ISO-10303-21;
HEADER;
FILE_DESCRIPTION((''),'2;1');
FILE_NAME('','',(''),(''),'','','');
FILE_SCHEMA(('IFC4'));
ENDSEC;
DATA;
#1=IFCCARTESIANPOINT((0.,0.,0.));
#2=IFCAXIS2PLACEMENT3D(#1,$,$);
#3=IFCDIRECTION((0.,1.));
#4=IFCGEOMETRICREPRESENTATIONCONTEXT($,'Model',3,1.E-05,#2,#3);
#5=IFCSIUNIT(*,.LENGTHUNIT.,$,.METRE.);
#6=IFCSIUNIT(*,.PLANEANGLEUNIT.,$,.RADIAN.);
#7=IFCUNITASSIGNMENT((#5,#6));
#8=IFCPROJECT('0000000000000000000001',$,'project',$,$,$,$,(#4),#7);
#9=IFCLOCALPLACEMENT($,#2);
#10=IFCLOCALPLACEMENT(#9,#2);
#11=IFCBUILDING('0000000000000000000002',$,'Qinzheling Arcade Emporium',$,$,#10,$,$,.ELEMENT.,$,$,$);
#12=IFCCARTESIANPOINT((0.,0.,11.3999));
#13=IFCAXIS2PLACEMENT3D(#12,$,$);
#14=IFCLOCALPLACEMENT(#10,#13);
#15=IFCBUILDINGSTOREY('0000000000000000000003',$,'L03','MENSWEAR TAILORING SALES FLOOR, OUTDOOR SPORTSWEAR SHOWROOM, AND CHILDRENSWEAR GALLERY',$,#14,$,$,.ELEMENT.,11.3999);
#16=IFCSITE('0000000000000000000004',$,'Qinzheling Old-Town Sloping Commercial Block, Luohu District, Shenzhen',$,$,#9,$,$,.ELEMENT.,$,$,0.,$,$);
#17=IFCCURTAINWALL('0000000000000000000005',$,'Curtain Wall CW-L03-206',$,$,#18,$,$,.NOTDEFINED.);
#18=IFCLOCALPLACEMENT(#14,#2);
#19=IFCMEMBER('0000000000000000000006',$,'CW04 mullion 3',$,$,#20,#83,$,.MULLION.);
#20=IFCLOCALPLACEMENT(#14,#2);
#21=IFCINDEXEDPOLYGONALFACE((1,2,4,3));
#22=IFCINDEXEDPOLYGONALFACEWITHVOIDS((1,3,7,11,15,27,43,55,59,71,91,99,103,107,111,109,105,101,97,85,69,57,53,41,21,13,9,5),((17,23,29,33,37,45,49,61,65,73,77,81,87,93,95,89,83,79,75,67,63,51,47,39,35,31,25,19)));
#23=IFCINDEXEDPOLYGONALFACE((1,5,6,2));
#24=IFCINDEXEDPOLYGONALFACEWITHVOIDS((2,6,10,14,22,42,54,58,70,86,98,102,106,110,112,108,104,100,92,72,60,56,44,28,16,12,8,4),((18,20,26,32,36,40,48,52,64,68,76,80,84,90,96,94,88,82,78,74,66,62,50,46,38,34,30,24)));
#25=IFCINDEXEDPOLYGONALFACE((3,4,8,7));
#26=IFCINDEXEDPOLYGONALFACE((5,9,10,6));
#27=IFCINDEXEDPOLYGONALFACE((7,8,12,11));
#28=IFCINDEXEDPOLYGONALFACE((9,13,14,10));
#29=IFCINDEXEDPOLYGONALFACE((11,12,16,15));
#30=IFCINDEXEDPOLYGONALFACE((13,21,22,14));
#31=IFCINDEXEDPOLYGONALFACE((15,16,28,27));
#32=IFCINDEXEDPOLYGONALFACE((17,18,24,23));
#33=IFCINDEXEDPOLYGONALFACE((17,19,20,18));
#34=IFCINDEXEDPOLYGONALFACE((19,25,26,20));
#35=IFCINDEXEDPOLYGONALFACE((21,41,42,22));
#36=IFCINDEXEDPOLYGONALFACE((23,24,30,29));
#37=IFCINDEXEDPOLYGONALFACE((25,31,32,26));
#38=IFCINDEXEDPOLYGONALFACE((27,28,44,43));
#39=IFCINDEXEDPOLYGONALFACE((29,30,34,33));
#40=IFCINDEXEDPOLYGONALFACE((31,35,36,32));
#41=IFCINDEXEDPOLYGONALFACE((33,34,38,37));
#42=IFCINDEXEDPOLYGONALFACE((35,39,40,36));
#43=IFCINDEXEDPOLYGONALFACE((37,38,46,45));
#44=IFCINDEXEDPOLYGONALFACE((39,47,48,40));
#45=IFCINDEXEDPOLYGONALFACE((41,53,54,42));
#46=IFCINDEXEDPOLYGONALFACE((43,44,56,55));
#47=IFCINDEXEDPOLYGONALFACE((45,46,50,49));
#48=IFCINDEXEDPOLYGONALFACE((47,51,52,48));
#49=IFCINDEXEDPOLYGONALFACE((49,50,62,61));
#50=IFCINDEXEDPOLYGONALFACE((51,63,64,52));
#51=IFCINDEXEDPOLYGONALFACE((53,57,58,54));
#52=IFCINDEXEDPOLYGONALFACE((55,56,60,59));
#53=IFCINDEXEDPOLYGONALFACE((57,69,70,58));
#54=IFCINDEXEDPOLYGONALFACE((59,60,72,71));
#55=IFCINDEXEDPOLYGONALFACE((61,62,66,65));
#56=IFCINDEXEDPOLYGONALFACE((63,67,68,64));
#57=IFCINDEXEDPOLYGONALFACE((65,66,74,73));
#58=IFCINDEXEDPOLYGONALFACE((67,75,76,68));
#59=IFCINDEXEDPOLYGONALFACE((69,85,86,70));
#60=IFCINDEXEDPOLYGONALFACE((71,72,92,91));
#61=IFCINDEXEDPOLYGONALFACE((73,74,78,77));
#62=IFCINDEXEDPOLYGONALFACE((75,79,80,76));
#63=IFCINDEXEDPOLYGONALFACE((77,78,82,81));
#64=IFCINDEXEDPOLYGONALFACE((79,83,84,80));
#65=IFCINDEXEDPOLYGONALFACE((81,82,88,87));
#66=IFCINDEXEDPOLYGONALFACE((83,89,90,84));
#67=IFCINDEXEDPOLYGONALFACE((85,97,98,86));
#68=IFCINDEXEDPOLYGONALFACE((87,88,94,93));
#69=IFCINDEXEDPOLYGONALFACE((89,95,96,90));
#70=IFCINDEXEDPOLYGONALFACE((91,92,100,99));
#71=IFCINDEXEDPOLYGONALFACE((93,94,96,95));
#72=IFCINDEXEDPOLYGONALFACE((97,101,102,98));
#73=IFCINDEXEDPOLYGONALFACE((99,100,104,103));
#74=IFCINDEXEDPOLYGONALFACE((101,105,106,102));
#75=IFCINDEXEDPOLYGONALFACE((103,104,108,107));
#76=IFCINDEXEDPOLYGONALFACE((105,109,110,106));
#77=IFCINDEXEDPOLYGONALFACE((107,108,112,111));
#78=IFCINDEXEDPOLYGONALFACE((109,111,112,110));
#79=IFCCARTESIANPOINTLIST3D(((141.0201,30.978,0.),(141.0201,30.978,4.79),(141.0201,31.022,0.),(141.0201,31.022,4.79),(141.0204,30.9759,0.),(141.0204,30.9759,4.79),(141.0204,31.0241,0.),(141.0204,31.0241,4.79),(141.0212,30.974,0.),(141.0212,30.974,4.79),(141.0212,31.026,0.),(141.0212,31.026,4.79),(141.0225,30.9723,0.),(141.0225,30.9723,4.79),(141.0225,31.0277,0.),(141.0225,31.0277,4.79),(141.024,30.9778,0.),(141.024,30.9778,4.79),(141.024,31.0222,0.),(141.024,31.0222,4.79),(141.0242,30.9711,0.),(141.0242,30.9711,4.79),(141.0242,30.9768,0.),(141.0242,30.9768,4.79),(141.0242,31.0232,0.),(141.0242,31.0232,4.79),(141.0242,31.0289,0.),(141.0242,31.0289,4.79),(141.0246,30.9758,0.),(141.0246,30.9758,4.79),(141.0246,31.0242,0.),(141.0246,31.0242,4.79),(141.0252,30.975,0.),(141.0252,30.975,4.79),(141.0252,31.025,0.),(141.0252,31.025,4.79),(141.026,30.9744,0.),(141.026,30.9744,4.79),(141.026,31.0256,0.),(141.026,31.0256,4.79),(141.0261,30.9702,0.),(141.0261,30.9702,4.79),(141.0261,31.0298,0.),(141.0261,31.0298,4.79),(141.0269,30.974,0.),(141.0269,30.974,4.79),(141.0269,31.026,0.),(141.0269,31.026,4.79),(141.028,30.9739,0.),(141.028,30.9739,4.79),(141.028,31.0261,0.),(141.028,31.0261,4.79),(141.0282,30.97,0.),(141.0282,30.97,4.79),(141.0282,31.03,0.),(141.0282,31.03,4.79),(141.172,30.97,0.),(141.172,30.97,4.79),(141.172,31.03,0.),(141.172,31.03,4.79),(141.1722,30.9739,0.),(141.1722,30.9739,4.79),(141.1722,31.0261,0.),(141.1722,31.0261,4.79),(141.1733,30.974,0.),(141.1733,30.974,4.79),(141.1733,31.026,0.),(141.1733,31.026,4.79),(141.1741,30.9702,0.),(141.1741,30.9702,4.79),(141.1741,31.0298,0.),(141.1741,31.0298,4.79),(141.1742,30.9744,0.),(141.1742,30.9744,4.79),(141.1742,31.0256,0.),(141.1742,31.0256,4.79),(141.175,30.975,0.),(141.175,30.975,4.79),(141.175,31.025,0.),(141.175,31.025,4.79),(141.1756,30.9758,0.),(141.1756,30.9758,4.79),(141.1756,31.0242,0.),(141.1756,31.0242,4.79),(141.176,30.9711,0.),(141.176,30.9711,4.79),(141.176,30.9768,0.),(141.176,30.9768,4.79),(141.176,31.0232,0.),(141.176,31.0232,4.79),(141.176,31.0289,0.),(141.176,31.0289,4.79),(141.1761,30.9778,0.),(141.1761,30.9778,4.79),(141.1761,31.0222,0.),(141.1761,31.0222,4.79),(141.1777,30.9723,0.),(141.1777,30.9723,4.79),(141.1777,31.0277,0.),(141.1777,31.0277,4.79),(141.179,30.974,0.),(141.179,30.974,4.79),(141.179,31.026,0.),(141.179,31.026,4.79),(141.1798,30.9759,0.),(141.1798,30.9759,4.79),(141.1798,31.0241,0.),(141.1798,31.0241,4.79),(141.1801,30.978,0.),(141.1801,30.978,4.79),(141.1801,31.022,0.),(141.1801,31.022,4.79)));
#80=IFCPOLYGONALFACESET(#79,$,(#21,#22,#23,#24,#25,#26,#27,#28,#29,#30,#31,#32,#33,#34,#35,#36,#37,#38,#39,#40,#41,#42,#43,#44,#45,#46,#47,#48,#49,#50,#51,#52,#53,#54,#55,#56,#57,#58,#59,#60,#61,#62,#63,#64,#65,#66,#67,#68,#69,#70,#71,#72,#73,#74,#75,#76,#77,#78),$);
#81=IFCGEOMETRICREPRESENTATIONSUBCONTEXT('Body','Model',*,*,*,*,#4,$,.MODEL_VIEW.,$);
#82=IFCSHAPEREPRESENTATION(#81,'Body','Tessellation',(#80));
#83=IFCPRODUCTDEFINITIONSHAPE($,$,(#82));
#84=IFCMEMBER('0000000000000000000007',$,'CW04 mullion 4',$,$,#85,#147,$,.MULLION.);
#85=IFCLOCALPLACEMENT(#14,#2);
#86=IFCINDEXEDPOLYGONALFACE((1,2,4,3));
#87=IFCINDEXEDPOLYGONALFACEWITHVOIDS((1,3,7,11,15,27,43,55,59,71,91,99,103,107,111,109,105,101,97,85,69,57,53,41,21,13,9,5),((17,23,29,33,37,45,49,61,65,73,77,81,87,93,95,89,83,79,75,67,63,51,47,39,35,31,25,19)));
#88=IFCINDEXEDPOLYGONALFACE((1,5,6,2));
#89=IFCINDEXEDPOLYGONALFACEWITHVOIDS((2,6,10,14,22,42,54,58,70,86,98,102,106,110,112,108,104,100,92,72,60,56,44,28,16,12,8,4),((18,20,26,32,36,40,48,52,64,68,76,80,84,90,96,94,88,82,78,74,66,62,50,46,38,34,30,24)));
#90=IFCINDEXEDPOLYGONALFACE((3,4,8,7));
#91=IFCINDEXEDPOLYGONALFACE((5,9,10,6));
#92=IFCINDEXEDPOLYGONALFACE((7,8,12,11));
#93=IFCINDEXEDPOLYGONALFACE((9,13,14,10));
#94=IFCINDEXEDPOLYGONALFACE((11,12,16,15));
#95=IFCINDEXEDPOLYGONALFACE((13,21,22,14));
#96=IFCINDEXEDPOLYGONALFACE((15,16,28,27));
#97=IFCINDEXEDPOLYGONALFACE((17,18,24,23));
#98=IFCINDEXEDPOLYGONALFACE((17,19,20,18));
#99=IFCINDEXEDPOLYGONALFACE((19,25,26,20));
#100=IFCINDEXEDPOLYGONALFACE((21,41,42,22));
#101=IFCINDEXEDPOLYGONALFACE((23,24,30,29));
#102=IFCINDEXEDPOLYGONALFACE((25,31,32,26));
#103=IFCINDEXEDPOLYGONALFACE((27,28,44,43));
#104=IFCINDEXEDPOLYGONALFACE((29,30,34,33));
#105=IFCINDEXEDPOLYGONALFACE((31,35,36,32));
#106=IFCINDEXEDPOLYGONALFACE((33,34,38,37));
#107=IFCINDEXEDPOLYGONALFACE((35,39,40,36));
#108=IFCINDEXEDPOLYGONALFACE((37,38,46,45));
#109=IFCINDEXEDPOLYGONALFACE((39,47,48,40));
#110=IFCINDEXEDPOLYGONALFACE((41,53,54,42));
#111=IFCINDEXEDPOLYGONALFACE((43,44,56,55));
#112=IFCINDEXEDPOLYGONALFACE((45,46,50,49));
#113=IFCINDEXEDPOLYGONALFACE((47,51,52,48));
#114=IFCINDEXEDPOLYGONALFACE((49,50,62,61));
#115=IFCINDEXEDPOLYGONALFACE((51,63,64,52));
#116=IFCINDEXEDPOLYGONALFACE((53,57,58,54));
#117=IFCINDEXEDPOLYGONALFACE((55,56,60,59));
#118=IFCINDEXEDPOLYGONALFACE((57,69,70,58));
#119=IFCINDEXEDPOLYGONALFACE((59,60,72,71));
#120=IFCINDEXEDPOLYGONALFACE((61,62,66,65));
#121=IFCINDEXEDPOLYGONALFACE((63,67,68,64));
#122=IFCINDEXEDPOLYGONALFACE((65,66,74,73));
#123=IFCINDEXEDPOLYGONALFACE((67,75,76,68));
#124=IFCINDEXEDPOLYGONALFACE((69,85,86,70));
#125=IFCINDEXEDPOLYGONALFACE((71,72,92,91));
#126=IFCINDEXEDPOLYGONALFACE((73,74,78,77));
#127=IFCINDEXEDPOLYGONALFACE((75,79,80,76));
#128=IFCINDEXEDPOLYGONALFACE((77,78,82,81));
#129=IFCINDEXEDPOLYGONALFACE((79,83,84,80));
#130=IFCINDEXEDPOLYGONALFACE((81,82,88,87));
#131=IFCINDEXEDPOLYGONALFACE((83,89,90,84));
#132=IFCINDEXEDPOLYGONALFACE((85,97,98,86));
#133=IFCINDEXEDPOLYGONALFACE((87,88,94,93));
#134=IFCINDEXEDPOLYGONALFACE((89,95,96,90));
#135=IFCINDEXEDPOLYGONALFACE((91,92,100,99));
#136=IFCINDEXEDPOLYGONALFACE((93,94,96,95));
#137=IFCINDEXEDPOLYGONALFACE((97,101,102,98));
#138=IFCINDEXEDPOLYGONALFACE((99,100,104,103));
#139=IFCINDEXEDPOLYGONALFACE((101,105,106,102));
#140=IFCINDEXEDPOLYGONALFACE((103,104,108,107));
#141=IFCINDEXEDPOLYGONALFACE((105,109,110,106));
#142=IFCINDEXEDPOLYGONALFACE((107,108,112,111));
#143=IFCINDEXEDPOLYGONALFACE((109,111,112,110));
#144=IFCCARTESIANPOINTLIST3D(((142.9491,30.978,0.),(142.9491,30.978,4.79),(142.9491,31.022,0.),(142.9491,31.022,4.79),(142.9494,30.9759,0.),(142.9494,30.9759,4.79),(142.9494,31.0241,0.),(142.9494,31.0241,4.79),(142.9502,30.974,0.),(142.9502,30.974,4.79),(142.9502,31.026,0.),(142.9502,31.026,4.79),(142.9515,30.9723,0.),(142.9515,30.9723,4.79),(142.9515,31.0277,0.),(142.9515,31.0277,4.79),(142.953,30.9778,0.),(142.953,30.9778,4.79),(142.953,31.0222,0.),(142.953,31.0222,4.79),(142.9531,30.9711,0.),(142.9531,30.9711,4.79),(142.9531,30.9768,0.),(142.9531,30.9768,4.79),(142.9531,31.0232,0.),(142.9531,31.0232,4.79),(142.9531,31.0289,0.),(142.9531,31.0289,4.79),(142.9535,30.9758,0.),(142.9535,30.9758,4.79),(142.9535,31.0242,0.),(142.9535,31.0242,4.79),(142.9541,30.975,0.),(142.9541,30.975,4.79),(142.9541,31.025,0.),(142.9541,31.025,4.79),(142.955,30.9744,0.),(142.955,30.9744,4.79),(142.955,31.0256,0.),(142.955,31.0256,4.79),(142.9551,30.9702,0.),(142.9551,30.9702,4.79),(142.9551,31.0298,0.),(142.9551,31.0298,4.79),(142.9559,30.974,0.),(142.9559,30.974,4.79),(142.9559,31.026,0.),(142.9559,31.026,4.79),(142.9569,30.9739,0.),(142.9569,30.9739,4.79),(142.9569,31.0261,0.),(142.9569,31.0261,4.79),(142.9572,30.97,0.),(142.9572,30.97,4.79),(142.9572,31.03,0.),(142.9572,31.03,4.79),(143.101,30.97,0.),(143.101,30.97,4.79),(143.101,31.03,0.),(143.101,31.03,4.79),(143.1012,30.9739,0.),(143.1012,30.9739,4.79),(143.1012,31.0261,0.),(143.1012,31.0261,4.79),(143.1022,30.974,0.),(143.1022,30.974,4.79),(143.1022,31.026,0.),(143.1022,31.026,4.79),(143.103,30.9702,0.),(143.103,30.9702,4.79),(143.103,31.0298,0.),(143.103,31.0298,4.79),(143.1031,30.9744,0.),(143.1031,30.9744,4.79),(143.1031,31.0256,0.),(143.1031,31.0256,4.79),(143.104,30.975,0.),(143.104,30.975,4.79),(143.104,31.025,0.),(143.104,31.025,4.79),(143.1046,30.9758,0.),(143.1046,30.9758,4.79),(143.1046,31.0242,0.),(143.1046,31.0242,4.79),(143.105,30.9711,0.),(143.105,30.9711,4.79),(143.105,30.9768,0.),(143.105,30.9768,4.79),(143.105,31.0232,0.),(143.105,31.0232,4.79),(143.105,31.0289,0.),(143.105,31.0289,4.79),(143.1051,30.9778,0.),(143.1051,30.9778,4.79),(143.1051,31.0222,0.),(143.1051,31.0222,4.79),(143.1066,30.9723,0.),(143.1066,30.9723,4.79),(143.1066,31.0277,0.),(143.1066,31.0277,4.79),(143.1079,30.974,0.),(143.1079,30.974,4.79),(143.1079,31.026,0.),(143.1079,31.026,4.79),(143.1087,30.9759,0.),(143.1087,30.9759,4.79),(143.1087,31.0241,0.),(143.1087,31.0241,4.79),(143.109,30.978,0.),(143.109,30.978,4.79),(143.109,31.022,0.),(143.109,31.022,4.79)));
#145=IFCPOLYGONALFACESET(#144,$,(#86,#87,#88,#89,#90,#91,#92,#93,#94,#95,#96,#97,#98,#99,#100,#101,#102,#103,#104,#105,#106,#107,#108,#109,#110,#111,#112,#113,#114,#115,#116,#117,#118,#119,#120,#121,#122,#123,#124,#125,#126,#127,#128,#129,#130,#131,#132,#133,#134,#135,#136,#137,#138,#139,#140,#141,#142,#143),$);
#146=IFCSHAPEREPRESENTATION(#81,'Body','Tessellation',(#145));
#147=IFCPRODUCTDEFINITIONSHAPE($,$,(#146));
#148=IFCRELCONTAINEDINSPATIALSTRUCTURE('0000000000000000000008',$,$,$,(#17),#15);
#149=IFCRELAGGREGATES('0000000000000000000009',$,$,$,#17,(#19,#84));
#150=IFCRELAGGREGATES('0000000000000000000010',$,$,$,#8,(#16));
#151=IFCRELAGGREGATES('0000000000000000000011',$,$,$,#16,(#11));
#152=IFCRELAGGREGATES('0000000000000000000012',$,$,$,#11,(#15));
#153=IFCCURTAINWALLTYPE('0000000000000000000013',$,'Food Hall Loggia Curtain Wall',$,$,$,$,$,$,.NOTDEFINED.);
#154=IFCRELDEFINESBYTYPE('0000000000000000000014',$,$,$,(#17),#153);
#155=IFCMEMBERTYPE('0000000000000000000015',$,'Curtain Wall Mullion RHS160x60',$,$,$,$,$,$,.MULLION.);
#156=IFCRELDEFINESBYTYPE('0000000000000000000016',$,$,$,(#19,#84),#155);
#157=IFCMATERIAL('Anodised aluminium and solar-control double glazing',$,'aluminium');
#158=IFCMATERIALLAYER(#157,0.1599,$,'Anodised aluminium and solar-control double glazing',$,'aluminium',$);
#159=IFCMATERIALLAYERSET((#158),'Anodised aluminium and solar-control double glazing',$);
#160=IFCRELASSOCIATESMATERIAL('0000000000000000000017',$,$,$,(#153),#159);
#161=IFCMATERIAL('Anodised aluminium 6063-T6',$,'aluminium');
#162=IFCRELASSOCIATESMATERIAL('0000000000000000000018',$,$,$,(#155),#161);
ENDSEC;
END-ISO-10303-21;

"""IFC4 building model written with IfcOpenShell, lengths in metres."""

from ifc_helpers import new_model, si_unit, direction, frame, origin, origin_2d, place, context, subcontext, project, spatial, hollow_rectangle, extrude, material, layer, layer_set, material_profile, profile_set, type_object, element, aggregate, save


model = new_model("IFC4")

# Units and contexts
model_context = context("Model", 3, precision=1e-05, world=origin(), true_north=direction((0.0, 1.0)))
body_context = subcontext(model_context, "Body", "Model", "MODEL_VIEW")
ifc_project = project(units=[si_unit("LENGTHUNIT", "METRE"), si_unit("PLANEANGLEUNIT", "RADIAN")], contexts=[model_context])

# Site, building, storey
site_placement = place(None, origin())
site = spatial("IfcSite", under=ifc_project, at=site_placement, Name="Qinzheling Old-Town Sloping Commercial Block, Luohu District, Shenzhen", CompositionType="ELEMENT", RefElevation=0.0)
building_placement = place(site_placement, origin())
building = spatial("IfcBuilding", under=site, at=building_placement, Name="Qinzheling Arcade Emporium", CompositionType="ELEMENT")
storey_placement = place(building_placement, frame((0.0, 0.0, 11.3999)))
storey = spatial("IfcBuildingStorey", under=building, at=storey_placement, Name="L03", Description="MENSWEAR TAILORING SALES FLOOR, OUTDOOR SPORTSWEAR SHOWROOM, AND CHILDRENSWEAR GALLERY", CompositionType="ELEMENT", Elevation=11.3999)

# Curtain wall, members
ifc_material_1 = material(Name="Anodised aluminium and solar-control double glazing", Category="aluminium")
ifc_layer_1 = layer(ifc_material_1, 0.1599, Name="Anodised aluminium and solar-control double glazing", Category="aluminium")
ifc_layer_set_1 = layer_set([ifc_layer_1], Name="Anodised aluminium and solar-control double glazing")
curtain_wall_type = type_object("IfcCurtainWallType", Name="Food Hall Loggia Curtain Wall", PredefinedType="NOTDEFINED", material=ifc_layer_set_1)
curtain_wall_1_placement = place(storey_placement, origin())
curtain_wall_1 = element("IfcCurtainWall", 1, at=curtain_wall_1_placement, inside=storey, type_object=curtain_wall_type, Name="Curtain Wall CW-L03-206", PredefinedType="NOTDEFINED")
ifc_material_2 = material(Name="Anodised aluminium 6063-T6", Category="aluminium")
ifc_material_profile_1 = material_profile(ifc_material_2, hollow_rectangle(XDim=0.0601, YDim=0.1599, WallThickness=0.0039, InnerFilletRadius=0.0039, OuterFilletRadius=0.0081, at=origin_2d()), Name="RHS 160x60x4", Category="aluminium")
ifc_profile_set_1 = profile_set([ifc_material_profile_1], Name="Anodised aluminium 6063-T6")
member_type_1 = type_object("IfcMemberType", Name="Curtain Wall Mullion RHS160x60", PredefinedType="MULLION", material=ifc_profile_set_1)
member_1_placement = place(storey_placement, frame((141.1001, 31.0, 0.0), z_axis=(0.0, 0.0, 1.0), x_axis=(0.0, 1.0, 0.0)))
member_1 = element("IfcMember", 2, at=member_1_placement, type_object=member_type_1, Name="CW04 mullion 3", PredefinedType="MULLION", context=body_context, shape_type="SweptSolid", body=[
    extrude(hollow_rectangle(XDim=0.0601, YDim=0.1599, WallThickness=0.0039, InnerFilletRadius=0.0039, OuterFilletRadius=0.0081, at=origin_2d()), origin(), (0.0, 0.0, 1.0), 4.79),
])
member_2_placement = place(storey_placement, frame((143.0291, 31.0, 0.0), z_axis=(0.0, 0.0, 1.0), x_axis=(0.0, 1.0, 0.0)))
member_2 = element("IfcMember", 3, at=member_2_placement, type_object=member_type_1, Name="CW04 mullion 4", PredefinedType="MULLION", context=body_context, shape_type="SweptSolid", body=[
    extrude(hollow_rectangle(XDim=0.0601, YDim=0.1599, WallThickness=0.0039, InnerFilletRadius=0.0039, OuterFilletRadius=0.0081, at=origin_2d()), origin(), (0.0, 0.0, 1.0), 4.79),
])

aggregate(curtain_wall_1, [member_1, member_2])

save(model, "model.ifc")
